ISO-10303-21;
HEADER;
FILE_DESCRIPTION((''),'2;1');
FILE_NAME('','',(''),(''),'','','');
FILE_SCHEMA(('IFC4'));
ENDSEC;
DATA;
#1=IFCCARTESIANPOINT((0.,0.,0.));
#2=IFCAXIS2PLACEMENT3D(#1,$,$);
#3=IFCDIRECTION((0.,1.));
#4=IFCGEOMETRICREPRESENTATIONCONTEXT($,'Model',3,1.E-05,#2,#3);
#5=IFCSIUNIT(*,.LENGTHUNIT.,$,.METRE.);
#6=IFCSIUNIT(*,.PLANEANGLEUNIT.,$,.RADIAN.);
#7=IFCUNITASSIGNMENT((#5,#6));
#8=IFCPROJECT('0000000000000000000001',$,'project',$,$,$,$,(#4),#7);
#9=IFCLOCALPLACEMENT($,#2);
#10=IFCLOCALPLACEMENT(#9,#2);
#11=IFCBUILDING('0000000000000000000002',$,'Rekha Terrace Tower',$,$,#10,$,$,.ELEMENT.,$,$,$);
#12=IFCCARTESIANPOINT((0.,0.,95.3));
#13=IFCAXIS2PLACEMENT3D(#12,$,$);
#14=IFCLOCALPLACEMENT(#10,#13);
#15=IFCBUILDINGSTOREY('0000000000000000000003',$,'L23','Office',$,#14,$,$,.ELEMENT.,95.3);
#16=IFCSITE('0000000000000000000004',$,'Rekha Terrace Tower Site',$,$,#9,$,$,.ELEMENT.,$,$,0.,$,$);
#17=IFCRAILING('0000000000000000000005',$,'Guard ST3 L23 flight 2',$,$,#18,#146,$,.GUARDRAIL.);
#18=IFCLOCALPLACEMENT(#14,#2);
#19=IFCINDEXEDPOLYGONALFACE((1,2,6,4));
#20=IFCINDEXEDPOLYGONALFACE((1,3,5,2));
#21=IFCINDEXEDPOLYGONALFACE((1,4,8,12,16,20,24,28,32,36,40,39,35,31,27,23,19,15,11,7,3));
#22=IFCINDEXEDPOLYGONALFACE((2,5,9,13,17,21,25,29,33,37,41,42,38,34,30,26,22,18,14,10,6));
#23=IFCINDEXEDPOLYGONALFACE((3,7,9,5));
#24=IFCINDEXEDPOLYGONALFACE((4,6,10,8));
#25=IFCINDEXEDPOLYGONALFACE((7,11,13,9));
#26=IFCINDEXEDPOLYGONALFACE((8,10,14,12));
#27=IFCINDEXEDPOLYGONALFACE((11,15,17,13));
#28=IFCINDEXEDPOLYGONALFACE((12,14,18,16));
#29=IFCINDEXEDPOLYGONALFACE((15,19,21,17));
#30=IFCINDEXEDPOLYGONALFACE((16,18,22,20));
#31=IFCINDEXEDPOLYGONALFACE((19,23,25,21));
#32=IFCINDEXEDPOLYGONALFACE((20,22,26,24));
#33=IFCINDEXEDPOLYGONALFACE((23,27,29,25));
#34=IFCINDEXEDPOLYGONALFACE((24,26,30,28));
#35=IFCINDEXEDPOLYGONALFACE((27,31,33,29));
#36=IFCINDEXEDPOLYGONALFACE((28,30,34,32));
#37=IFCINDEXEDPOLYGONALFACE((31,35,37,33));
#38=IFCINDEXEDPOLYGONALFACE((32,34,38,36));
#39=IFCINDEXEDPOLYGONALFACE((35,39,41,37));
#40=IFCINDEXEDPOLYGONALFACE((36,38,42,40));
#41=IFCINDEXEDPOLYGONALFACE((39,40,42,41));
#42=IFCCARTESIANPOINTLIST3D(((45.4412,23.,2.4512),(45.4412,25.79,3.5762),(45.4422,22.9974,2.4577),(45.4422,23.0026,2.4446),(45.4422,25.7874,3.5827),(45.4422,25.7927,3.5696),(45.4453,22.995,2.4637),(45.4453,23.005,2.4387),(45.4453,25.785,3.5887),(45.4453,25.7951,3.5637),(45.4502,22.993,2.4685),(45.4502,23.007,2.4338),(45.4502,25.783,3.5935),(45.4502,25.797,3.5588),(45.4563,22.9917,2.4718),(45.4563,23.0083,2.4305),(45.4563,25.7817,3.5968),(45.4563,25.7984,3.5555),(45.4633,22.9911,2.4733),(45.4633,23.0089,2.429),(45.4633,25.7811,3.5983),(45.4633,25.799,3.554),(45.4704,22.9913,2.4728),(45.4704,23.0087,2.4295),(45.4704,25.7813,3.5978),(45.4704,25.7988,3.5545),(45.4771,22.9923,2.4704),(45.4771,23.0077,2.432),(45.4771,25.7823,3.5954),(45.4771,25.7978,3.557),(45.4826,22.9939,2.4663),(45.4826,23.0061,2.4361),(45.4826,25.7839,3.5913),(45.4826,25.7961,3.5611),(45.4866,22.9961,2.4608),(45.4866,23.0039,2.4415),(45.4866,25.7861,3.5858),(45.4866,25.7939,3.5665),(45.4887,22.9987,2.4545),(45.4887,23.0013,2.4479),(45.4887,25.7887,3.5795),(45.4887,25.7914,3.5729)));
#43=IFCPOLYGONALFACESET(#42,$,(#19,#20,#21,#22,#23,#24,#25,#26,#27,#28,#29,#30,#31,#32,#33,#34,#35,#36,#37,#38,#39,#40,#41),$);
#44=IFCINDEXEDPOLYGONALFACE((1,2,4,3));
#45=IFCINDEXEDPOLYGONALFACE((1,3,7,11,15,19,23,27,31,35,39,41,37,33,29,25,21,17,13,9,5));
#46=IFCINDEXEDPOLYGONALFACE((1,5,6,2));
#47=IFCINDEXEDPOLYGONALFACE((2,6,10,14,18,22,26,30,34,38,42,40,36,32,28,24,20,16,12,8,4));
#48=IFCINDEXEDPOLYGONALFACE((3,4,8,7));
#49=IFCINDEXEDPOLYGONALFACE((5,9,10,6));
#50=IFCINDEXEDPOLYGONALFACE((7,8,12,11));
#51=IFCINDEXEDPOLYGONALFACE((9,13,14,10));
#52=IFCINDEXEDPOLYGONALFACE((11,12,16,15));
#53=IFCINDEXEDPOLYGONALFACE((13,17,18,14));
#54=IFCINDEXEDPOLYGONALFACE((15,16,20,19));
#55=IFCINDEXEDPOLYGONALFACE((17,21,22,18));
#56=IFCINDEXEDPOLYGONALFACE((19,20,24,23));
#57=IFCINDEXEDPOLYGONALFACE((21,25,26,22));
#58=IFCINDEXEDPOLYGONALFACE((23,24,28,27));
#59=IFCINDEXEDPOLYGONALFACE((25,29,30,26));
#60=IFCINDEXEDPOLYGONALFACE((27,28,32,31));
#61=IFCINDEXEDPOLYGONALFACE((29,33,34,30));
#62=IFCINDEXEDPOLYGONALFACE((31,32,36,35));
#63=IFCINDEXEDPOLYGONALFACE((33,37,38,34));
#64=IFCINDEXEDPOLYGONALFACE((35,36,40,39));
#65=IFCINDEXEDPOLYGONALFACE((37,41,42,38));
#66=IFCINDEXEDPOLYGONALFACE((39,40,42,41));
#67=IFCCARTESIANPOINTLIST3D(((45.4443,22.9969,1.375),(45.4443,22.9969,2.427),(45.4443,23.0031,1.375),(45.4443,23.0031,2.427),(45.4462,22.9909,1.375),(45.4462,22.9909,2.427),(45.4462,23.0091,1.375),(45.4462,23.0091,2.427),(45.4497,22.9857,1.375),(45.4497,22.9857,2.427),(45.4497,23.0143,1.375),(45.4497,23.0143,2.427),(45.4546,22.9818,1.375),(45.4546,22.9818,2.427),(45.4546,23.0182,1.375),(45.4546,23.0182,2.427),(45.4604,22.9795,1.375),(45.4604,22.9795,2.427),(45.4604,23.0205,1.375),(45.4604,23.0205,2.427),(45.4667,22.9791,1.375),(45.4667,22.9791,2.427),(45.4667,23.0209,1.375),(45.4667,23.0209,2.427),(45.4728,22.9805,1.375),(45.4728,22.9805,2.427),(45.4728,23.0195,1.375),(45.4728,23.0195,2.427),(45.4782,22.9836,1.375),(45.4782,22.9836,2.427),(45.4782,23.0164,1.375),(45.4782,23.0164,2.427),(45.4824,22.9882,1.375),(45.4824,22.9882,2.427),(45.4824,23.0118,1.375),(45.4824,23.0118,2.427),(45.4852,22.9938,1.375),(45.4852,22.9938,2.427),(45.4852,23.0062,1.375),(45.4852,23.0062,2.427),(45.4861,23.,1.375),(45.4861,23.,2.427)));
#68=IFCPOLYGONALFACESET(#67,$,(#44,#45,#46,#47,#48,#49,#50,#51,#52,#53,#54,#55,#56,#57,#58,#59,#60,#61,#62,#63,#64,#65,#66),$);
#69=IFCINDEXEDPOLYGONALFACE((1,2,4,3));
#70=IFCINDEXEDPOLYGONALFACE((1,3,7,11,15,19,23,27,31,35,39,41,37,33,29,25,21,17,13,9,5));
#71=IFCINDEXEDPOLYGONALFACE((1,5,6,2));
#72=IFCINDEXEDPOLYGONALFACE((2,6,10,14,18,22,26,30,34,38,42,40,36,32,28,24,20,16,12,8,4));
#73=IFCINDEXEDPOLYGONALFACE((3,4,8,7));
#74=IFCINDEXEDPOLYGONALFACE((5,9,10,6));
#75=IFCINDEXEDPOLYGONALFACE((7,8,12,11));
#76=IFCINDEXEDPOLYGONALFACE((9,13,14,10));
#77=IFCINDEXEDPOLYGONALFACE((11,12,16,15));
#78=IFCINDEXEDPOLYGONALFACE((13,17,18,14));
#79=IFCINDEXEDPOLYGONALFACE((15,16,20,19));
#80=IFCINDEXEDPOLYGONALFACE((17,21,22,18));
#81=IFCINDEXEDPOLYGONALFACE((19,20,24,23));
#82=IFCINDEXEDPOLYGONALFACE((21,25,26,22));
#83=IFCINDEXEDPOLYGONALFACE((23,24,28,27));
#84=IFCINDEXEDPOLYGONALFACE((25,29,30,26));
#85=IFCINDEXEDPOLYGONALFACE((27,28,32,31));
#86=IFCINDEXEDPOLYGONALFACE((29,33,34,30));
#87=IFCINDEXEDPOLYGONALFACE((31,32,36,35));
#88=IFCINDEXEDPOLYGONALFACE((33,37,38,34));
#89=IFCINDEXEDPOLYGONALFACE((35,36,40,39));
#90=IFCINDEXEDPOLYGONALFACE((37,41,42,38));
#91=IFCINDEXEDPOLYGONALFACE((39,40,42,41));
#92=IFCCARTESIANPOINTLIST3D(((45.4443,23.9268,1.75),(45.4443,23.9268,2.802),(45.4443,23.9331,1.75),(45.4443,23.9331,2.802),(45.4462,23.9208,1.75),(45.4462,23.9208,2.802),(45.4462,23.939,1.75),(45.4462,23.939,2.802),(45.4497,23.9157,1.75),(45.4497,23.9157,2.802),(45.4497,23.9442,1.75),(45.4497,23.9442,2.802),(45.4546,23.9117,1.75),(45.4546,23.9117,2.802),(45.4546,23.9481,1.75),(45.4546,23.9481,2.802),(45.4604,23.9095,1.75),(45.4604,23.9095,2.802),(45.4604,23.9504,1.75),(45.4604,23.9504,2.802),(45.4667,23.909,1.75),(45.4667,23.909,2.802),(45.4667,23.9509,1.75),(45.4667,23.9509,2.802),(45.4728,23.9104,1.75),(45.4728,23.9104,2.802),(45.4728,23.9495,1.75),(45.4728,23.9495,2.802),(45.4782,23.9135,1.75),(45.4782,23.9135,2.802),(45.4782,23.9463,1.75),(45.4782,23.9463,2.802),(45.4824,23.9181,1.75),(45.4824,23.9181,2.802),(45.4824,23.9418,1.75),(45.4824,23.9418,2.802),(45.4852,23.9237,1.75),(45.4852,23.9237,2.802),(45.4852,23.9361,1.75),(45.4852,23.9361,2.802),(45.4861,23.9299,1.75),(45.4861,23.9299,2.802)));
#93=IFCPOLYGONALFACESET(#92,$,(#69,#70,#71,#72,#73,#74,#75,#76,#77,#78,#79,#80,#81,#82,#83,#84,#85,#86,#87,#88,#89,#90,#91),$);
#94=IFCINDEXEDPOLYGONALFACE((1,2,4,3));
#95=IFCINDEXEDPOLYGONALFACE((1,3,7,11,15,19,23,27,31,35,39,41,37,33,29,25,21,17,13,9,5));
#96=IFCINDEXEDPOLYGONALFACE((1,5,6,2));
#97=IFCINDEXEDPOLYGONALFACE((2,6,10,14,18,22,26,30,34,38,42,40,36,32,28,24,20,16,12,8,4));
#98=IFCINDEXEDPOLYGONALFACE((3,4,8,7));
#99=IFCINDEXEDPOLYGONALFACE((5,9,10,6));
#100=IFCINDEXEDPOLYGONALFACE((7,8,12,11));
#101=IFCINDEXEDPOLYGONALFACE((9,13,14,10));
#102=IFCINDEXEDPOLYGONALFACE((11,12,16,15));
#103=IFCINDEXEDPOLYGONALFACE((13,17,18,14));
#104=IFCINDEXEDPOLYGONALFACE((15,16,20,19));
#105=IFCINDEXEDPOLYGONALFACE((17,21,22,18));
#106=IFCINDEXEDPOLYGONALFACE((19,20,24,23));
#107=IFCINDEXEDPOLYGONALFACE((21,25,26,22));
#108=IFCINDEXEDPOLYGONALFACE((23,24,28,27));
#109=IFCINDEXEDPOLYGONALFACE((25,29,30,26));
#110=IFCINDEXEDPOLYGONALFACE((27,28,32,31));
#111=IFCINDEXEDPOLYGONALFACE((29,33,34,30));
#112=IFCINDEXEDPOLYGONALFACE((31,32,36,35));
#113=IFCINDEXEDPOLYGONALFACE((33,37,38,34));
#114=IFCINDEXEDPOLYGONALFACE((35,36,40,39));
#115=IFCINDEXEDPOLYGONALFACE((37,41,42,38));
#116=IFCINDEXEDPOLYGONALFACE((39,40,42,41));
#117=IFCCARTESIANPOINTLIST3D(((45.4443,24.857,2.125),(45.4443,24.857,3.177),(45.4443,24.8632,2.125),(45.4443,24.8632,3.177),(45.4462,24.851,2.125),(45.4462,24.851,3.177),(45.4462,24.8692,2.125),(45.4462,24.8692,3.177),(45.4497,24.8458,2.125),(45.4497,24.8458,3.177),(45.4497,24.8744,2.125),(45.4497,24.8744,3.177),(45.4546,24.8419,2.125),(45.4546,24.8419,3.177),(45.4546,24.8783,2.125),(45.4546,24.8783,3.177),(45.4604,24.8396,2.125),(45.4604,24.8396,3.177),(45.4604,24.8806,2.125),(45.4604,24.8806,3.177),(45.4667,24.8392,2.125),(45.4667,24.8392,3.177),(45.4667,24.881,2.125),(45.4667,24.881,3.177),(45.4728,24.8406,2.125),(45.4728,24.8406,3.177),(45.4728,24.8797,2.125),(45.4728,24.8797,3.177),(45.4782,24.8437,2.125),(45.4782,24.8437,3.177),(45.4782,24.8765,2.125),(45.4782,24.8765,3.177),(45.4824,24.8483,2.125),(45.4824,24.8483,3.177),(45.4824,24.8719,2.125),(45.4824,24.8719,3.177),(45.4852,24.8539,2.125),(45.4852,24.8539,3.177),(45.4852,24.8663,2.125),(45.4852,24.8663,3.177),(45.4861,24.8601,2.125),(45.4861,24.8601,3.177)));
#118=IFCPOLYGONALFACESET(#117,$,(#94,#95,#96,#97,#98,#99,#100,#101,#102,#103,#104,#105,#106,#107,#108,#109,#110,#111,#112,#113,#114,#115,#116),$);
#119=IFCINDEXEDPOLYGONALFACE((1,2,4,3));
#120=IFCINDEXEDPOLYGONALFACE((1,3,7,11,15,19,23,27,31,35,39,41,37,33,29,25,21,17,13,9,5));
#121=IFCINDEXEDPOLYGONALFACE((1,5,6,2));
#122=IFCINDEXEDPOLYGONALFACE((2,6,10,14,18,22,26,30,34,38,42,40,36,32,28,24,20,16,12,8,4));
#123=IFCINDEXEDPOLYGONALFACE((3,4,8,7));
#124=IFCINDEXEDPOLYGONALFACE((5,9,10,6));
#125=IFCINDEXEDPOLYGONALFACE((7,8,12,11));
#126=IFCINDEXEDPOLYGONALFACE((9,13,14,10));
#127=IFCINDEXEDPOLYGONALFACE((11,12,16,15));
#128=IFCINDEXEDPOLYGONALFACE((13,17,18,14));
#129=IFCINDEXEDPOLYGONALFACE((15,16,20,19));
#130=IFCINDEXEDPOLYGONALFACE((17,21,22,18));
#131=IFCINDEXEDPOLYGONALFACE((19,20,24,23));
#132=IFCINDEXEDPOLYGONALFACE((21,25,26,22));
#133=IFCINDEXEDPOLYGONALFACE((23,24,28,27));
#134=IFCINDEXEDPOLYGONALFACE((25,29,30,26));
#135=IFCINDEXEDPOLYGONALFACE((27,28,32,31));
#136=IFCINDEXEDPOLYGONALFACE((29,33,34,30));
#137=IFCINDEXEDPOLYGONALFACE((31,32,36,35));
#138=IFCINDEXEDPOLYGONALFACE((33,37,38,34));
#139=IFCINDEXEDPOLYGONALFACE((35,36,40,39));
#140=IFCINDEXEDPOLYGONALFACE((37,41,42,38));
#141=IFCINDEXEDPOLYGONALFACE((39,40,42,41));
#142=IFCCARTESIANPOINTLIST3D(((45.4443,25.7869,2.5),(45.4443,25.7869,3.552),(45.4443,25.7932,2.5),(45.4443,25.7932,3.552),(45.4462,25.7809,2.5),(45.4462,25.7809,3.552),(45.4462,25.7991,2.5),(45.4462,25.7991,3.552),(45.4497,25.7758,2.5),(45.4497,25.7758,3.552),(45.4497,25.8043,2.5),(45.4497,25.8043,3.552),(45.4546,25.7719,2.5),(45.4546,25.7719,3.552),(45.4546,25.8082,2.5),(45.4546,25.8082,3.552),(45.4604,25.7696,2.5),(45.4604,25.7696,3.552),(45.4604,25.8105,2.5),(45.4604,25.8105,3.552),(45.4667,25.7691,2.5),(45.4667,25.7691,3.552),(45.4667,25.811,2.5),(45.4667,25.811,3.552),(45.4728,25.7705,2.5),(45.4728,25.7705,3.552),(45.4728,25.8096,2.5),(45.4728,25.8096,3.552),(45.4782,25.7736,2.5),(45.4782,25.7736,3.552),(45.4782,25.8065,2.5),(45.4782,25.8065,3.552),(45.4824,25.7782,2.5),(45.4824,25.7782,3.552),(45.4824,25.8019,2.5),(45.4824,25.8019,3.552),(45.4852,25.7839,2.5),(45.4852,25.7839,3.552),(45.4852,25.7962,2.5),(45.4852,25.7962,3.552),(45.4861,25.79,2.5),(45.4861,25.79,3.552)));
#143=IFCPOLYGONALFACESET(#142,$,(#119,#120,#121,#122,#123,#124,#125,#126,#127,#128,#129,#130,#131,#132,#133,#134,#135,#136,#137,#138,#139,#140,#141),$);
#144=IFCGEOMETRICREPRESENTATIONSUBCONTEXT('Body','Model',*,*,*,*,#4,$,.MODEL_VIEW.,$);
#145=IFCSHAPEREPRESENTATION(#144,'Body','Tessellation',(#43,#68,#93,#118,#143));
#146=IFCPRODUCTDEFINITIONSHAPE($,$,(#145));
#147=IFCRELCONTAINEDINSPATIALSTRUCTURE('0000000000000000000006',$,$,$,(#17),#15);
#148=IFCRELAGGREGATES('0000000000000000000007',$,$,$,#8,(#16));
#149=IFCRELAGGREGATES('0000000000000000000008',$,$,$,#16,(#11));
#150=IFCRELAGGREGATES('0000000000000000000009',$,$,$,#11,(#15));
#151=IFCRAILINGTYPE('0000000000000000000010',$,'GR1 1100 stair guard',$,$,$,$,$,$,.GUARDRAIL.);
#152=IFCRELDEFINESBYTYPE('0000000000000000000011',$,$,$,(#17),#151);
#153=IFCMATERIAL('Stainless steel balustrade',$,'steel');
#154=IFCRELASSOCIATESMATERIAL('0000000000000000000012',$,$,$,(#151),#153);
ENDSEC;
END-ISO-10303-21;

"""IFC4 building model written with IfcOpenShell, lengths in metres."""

from ifc_helpers import new_model, si_unit, direction, frame, origin, origin_2d, place, context, subcontext, project, spatial, circle, extrude, material, type_object, element, save


model = new_model("IFC4")

# Units and contexts
model_context = context("Model", 3, precision=1e-05, world=origin(), true_north=direction((0.0, 1.0)))
body_context = subcontext(model_context, "Body", "Model", "MODEL_VIEW")
ifc_project = project(units=[si_unit("LENGTHUNIT", "METRE"), si_unit("PLANEANGLEUNIT", "RADIAN")], contexts=[model_context])

# Site, building, storey
site_placement = place(None, origin())
site = spatial("IfcSite", under=ifc_project, at=site_placement, Name="Rekha Terrace Tower Site", CompositionType="ELEMENT", RefElevation=0.0)
building_placement = place(site_placement, origin())
building = spatial("IfcBuilding", under=site, at=building_placement, Name="Rekha Terrace Tower", CompositionType="ELEMENT")
storey_placement = place(building_placement, frame((0.0, 0.0, 95.3)))
storey = spatial("IfcBuildingStorey", under=building, at=storey_placement, Name="L23", Description="Office", CompositionType="ELEMENT", Elevation=95.3)

# Railing
ifc_material_1 = material(Name="Stainless steel balustrade", Category="steel")
railing_type_1 = type_object("IfcRailingType", Name="GR1 1100 stair guard", PredefinedType="GUARDRAIL", material=ifc_material_1)
railing_1_placement = place(storey_placement, frame((45.4651, 23.0, 1.375)))
element("IfcRailing", 1, at=railing_1_placement, inside=storey, type_object=railing_type_1, Name="Guard ST3 L23 flight 2", PredefinedType="GUARDRAIL", context=body_context, shape_type="SweptSolid", body=[
    extrude(circle(Radius=0.0239, at=origin_2d()), frame((0.0, 0.0, 1.0762), z_axis=(0.0, 0.927443, 0.373964), x_axis=(-1.0, 0.0, 0.0)), (0.0, 0.0, 1.0), 3.0083),
    extrude(circle(Radius=0.021, at=origin_2d()), origin(), (0.0, 0.0, 1.0), 1.052),
    extrude(circle(Radius=0.021, at=origin_2d()), frame((0.0, 0.9299, 0.375)), (0.0, 0.0, 1.0), 1.052),
    extrude(circle(Radius=0.021, at=origin_2d()), frame((0.0, 1.8601, 0.75)), (0.0, 0.0, 1.0), 1.052),
    extrude(circle(Radius=0.021, at=origin_2d()), frame((0.0, 2.79, 1.125)), (0.0, 0.0, 1.0), 1.052),
])

save(model, "model.ifc")
